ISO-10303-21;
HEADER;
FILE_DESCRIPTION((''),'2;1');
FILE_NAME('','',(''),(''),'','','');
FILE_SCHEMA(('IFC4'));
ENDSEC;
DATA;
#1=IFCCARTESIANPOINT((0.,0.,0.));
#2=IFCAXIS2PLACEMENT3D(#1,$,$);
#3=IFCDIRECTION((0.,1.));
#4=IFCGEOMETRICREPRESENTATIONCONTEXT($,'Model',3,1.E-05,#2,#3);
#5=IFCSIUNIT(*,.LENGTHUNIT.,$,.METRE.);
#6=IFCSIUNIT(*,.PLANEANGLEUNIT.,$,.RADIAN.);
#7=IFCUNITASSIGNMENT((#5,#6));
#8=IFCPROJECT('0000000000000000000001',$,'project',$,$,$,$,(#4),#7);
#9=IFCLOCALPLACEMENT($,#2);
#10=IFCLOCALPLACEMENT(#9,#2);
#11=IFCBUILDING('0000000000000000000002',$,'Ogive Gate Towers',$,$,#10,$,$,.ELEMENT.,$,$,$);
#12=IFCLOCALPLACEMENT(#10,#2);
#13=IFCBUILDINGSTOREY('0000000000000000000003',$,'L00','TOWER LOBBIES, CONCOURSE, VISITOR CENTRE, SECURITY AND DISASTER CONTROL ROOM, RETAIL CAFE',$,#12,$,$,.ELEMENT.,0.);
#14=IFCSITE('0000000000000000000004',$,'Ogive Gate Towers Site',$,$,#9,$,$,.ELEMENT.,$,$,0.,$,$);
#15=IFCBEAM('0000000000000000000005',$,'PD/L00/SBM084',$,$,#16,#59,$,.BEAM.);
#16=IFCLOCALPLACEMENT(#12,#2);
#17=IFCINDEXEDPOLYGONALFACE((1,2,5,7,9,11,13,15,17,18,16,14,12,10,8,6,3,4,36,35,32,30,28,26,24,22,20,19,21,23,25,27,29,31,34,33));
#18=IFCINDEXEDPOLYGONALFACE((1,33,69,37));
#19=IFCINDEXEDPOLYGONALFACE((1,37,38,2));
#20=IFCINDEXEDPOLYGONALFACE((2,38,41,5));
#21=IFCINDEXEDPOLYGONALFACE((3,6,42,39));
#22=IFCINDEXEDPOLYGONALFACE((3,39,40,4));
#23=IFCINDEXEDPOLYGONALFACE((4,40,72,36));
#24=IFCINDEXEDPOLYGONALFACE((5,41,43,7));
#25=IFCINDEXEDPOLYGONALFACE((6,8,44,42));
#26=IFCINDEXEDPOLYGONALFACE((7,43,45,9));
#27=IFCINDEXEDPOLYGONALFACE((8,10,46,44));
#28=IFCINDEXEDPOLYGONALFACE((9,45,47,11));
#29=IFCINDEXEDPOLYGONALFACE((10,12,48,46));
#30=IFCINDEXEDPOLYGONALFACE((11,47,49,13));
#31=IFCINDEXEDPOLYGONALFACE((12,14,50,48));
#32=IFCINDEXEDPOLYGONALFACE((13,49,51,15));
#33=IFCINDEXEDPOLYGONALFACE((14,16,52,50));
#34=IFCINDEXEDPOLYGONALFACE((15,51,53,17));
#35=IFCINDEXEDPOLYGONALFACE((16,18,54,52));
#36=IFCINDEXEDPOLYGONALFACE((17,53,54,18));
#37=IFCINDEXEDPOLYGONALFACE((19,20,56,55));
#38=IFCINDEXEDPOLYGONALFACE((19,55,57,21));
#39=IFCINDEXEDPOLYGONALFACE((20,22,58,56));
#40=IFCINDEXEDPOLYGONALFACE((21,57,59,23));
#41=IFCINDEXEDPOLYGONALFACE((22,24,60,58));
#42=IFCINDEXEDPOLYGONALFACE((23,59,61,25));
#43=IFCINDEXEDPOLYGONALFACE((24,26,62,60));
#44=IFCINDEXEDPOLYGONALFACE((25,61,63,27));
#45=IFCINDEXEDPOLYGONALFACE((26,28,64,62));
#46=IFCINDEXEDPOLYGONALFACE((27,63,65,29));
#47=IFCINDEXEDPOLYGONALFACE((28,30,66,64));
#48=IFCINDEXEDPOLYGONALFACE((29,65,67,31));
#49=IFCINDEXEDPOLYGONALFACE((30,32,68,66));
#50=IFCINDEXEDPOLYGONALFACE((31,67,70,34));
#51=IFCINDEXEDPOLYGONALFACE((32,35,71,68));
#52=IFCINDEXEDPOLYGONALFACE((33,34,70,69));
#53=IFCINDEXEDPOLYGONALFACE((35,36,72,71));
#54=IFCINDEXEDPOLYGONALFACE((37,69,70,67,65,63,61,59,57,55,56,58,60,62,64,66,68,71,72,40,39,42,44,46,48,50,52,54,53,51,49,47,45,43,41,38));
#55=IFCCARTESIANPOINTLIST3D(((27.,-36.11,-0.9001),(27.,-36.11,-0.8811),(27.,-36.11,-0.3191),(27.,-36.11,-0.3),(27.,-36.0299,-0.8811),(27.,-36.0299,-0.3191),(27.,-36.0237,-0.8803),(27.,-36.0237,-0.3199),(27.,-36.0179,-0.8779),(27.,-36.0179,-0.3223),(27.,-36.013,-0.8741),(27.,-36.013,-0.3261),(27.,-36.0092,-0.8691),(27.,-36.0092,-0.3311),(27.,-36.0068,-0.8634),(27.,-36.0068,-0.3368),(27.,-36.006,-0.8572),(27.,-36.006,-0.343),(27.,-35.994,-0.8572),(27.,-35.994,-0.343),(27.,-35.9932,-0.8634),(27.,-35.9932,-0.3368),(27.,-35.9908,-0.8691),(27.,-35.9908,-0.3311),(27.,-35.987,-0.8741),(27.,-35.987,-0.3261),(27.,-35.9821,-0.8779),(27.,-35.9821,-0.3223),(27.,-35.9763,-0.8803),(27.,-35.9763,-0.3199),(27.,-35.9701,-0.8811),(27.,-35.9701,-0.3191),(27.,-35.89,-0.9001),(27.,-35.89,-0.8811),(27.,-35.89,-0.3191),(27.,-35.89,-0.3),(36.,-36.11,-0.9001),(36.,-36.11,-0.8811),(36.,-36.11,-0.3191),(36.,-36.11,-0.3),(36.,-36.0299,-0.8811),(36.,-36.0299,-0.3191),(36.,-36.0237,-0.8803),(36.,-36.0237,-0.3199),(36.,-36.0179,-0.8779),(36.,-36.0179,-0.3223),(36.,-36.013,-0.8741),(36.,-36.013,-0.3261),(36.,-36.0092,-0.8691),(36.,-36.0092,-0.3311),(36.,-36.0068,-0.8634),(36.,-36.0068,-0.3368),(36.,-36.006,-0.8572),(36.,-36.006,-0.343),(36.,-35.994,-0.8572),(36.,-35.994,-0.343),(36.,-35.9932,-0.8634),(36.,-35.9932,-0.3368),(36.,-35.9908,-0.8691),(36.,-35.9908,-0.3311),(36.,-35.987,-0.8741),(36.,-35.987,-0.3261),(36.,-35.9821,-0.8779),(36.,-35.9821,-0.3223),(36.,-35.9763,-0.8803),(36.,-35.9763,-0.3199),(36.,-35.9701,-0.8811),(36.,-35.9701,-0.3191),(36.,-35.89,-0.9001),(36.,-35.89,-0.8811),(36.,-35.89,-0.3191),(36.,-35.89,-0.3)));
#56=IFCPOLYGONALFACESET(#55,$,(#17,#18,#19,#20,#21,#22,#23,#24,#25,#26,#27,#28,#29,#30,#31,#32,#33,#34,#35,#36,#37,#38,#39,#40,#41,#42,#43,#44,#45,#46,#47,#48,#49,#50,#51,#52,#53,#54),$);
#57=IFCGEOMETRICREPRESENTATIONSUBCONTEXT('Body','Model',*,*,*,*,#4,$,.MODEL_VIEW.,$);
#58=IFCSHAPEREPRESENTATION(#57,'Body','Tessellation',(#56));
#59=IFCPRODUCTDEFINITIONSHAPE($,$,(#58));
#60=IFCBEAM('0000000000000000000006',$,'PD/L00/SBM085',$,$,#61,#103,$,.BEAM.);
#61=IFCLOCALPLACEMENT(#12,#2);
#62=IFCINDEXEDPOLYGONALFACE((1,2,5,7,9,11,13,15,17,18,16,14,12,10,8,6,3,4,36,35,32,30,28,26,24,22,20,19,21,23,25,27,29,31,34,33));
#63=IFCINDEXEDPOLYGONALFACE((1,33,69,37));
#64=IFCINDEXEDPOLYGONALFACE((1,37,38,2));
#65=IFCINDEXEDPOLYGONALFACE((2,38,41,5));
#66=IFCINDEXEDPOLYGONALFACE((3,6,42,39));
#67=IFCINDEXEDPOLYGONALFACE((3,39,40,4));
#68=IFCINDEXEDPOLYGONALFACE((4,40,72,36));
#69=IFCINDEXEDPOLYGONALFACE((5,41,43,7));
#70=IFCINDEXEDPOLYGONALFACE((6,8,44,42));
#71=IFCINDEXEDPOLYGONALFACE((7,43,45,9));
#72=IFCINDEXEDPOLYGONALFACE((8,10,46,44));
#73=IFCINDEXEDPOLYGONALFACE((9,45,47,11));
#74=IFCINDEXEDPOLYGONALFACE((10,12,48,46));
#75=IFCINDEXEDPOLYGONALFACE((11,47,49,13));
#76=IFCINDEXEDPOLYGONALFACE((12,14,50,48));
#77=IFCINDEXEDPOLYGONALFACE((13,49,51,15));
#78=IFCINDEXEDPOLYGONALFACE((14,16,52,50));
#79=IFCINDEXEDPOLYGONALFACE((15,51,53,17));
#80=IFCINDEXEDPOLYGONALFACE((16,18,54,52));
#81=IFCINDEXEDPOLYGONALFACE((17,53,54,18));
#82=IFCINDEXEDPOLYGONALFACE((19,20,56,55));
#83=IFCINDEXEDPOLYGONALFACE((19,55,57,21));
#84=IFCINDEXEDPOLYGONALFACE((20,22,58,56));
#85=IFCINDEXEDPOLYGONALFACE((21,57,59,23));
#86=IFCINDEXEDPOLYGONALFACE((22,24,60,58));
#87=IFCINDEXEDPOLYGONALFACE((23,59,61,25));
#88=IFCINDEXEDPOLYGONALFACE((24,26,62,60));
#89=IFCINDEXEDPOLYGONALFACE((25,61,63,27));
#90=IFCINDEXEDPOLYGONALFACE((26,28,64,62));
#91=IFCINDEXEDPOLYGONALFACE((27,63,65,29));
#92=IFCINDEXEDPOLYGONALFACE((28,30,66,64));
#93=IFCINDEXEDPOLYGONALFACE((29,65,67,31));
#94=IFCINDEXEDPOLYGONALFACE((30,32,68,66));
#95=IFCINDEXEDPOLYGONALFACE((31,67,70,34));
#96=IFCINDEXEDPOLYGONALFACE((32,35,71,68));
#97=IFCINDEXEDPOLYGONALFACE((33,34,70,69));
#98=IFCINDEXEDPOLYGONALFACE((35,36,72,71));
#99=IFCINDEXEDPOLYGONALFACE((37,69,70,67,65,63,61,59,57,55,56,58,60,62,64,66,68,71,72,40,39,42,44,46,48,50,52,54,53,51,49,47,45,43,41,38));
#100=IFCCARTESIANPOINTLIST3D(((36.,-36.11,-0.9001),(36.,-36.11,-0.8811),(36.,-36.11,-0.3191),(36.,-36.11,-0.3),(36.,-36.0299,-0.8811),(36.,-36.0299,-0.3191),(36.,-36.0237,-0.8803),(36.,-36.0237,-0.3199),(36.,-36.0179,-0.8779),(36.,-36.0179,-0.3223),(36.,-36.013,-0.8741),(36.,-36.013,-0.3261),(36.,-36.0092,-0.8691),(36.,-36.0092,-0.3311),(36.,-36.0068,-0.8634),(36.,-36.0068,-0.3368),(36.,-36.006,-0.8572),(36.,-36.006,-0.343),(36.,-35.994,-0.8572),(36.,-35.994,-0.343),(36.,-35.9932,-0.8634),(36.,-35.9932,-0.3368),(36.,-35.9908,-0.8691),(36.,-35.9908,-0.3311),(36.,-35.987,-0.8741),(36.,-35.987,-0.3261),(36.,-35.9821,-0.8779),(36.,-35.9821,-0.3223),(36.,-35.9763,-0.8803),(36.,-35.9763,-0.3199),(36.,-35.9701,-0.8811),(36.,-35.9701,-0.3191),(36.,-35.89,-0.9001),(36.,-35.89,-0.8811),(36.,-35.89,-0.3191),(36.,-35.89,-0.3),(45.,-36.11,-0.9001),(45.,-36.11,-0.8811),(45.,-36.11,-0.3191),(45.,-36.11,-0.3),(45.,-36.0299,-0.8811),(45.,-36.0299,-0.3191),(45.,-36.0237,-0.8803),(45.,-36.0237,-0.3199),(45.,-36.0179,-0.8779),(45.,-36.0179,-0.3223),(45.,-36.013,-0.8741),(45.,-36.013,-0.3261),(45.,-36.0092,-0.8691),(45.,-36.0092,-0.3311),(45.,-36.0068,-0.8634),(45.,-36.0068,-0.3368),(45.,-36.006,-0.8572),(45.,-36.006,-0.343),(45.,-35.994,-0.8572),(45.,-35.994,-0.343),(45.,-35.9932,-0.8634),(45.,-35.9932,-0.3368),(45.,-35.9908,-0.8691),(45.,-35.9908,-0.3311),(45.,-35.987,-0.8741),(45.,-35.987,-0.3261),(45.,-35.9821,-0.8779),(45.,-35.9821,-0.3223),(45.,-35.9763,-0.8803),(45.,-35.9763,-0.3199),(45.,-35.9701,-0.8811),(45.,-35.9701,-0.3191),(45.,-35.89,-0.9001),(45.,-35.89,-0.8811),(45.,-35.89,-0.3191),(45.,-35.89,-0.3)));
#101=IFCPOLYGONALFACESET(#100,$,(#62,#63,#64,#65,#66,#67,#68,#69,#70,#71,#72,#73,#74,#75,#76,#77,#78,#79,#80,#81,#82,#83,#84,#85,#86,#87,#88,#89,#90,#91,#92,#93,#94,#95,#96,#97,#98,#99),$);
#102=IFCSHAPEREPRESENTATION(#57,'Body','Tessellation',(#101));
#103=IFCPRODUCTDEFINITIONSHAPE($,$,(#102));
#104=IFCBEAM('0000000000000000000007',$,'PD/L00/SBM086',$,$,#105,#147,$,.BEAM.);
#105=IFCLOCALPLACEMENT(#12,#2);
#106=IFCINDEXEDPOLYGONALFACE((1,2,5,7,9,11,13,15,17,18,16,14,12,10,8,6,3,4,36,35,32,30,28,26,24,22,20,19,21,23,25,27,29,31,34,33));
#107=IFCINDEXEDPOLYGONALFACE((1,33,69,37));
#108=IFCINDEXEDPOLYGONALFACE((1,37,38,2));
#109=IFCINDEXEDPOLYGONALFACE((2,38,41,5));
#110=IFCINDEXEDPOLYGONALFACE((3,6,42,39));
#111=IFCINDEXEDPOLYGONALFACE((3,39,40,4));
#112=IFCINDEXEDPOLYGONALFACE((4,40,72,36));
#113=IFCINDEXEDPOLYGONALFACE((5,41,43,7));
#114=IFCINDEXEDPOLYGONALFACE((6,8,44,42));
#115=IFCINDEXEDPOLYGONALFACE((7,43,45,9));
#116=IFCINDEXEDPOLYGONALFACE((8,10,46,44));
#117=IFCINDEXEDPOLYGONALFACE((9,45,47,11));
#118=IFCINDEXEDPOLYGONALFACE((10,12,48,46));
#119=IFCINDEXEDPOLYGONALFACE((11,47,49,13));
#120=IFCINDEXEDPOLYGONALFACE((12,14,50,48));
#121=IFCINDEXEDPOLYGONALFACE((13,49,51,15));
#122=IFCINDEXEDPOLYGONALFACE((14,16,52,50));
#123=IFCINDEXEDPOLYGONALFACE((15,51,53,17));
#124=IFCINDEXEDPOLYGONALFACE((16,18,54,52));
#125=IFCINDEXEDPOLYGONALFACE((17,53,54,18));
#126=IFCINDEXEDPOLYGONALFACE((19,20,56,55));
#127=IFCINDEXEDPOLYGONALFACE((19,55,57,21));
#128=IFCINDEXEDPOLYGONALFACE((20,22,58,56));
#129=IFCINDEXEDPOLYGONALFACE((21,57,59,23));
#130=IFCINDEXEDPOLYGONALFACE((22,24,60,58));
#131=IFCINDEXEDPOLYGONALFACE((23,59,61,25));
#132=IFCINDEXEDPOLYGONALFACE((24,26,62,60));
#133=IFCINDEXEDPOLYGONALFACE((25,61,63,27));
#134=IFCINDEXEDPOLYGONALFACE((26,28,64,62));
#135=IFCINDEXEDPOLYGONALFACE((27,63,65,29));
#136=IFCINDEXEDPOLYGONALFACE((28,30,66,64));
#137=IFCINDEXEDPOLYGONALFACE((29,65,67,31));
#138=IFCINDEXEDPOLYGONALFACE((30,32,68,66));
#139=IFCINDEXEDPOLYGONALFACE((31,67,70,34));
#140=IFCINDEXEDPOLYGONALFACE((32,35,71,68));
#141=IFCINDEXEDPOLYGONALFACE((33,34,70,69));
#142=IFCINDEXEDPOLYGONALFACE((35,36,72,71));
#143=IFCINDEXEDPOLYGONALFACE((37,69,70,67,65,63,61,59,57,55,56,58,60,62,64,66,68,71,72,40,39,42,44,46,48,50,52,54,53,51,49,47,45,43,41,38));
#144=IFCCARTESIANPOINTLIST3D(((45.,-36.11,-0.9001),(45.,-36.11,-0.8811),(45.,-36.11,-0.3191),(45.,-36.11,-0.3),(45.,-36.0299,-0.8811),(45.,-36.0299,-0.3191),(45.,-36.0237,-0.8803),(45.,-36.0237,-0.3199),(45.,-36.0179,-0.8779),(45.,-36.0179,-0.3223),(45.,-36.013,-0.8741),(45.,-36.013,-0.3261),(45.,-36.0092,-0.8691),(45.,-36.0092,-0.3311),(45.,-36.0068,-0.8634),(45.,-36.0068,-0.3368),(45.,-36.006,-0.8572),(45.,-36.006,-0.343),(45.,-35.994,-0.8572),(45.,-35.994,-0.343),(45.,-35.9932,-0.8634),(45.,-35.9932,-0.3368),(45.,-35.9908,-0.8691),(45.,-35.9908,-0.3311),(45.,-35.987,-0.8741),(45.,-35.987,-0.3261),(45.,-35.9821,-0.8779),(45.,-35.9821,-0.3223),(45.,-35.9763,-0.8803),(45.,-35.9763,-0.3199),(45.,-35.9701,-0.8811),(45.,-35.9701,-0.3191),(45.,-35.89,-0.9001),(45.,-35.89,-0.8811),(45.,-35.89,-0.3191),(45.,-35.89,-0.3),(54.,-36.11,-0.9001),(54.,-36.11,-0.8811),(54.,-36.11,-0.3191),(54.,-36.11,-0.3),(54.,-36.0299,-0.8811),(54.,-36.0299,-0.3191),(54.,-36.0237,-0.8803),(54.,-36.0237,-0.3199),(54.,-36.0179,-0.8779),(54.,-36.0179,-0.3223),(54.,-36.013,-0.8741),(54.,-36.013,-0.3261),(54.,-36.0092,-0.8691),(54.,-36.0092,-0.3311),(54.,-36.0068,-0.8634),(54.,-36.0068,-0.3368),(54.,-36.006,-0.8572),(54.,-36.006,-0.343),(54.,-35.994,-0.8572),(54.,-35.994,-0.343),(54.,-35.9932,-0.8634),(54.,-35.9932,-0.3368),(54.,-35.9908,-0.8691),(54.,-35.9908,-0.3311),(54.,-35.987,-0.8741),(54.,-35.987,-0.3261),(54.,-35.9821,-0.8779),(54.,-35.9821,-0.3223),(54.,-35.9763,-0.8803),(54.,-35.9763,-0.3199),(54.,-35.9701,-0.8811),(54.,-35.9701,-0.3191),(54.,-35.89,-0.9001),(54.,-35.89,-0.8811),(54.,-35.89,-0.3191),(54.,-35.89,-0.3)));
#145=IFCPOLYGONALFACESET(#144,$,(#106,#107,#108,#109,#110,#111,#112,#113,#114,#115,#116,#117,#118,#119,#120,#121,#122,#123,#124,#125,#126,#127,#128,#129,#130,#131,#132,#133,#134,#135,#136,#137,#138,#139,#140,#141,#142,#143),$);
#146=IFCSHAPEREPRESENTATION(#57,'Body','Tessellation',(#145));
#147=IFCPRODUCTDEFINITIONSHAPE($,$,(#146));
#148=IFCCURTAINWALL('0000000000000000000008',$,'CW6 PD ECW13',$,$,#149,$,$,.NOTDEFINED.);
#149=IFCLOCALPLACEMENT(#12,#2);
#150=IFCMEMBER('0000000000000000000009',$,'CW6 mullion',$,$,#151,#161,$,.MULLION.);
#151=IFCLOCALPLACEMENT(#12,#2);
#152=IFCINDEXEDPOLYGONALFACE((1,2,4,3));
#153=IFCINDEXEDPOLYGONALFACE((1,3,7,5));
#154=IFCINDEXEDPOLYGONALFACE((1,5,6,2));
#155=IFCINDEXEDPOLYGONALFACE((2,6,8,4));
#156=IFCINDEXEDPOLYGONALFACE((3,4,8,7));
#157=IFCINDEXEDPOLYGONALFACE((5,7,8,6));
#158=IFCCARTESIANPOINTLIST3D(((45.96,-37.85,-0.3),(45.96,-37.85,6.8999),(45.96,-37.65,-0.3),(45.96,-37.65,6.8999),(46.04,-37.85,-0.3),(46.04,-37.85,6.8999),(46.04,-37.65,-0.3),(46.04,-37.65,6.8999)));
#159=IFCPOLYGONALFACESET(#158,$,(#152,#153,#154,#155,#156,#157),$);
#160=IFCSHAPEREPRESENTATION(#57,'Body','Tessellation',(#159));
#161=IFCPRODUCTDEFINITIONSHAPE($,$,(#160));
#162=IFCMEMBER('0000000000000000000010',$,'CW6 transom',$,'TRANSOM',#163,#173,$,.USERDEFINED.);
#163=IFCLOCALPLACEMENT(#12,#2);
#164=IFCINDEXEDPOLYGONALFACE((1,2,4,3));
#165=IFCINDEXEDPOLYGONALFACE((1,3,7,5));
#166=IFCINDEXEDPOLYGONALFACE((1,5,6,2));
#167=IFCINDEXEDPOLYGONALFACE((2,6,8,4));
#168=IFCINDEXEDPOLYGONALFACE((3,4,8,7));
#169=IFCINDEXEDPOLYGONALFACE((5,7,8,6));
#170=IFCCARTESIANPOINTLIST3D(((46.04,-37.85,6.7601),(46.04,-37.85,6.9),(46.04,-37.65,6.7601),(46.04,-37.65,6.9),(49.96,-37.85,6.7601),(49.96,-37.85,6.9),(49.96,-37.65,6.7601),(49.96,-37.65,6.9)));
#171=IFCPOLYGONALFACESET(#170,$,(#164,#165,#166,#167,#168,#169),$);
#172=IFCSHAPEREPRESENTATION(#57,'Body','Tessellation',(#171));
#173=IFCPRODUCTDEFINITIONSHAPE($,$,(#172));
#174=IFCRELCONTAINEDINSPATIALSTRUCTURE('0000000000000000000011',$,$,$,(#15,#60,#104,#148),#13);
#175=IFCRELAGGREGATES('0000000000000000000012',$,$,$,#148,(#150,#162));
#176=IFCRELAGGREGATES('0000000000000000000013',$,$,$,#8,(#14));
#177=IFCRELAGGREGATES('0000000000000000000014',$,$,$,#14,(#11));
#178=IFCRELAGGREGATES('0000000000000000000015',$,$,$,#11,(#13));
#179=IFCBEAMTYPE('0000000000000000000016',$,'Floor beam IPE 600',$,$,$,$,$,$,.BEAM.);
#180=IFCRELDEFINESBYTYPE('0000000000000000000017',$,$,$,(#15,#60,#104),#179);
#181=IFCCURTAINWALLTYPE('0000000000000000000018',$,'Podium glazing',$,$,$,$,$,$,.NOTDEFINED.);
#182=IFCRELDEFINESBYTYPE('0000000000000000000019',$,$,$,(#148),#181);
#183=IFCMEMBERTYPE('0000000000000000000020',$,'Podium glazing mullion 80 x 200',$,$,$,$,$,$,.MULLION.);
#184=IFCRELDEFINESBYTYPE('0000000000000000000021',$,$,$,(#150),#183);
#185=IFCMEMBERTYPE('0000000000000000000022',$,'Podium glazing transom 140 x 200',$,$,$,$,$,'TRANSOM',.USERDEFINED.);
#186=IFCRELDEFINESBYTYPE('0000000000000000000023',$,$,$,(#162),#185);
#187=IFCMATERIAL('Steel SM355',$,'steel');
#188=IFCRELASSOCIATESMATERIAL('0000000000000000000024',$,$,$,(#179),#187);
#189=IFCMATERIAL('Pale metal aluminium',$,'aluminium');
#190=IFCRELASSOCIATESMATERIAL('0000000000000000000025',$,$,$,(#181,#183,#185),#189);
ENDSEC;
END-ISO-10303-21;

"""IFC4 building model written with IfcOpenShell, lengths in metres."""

from ifc_helpers import new_model, si_unit, direction, frame, origin, origin_2d, place, context, subcontext, project, spatial, rectangle, i_section, extrude, material, material_profile, profile_set, type_object, element, aggregate, save


model = new_model("IFC4")

# Units and contexts
model_context = context("Model", 3, precision=1e-05, world=origin(), true_north=direction((0.0, 1.0)))
body_context = subcontext(model_context, "Body", "Model", "MODEL_VIEW")
ifc_project = project(units=[si_unit("LENGTHUNIT", "METRE"), si_unit("PLANEANGLEUNIT", "RADIAN")], contexts=[model_context])

# Site, building, storey
site_placement = place(None, origin())
site = spatial("IfcSite", under=ifc_project, at=site_placement, Name="Ogive Gate Towers Site", CompositionType="ELEMENT", RefElevation=0.0)
building_placement = place(site_placement, origin())
building = spatial("IfcBuilding", under=site, at=building_placement, Name="Ogive Gate Towers", CompositionType="ELEMENT")
storey_placement = place(building_placement, origin())
storey = spatial("IfcBuildingStorey", under=building, at=storey_placement, Name="L00", Description="TOWER LOBBIES, CONCOURSE, VISITOR CENTRE, SECURITY AND DISASTER CONTROL ROOM, RETAIL CAFE", CompositionType="ELEMENT", Elevation=0.0)

# Beams
ifc_material_1 = material(Name="Steel SM355", Category="steel")
ifc_material_profile_1 = material_profile(ifc_material_1, i_section(OverallWidth=0.22, OverallDepth=0.6001, WebThickness=0.012, FlangeThickness=0.019, FilletRadius=0.0239, at=origin_2d()), Name="IPE 600")
ifc_profile_set_1 = profile_set([ifc_material_profile_1], Name="Steel SM355")
beam_type = type_object("IfcBeamType", Name="Floor beam IPE 600", PredefinedType="BEAM", material=ifc_profile_set_1)
for number, where, z_axis, x_axis, name in (
    (1, (27.0, -36.0, -0.6001), (1.0, 0.0, 0.0), (0.0, 1.0, 0.0), "PD/L00/SBM084"),
    (2, (36.0, -36.0, -0.6001), (1.0, 0.0, 0.0), (0.0, 1.0, 0.0), "PD/L00/SBM085"),
    (3, (45.0, -36.0, -0.6001), (1.0, 0.0, 0.0), (0.0, 1.0, 0.0), "PD/L00/SBM086"),
):
    element("IfcBeam", number, at=place(storey_placement, frame(where, z_axis=z_axis, x_axis=x_axis)), inside=storey, type_object=beam_type, Name=name, PredefinedType="BEAM", context=body_context, shape_type="SweptSolid", body=[
        extrude(i_section(OverallWidth=0.22, OverallDepth=0.6001, WebThickness=0.012, FlangeThickness=0.019, FilletRadius=0.0239, at=origin_2d()), origin(), (0.0, 0.0, 1.0), 9.0),
    ])

# Curtain wall, members
ifc_material_2 = material(Name="Pale metal aluminium", Category="aluminium")
curtain_wall_type = type_object("IfcCurtainWallType", Name="Podium glazing", PredefinedType="NOTDEFINED", material=ifc_material_2)
curtain_wall_placement = place(storey_placement, origin())
curtain_wall = element("IfcCurtainWall", 4, at=curtain_wall_placement, inside=storey, type_object=curtain_wall_type, Name="CW6 PD ECW13", PredefinedType="NOTDEFINED")
ifc_material_profile_2 = material_profile(ifc_material_2, rectangle(XDim=0.2, YDim=0.0801, at=origin_2d()), Name="80 x 200 aluminium box")
ifc_profile_set_2 = profile_set([ifc_material_profile_2], Name="Pale metal aluminium")
member_type_1 = type_object("IfcMemberType", Name="Podium glazing mullion 80 x 200", PredefinedType="MULLION", material=ifc_profile_set_2)
member_1_placement = place(storey_placement, frame((46.0, -37.75, -0.3), z_axis=(0.0, 0.0, 1.0), x_axis=(0.0, -1.0, 0.0)))
member_1 = element("IfcMember", 5, at=member_1_placement, type_object=member_type_1, Name="CW6 mullion", PredefinedType="MULLION", context=body_context, shape_type="SweptSolid", body=[
    extrude(rectangle(XDim=0.2, YDim=0.0801, at=origin_2d()), origin(), (0.0, 0.0, 1.0), 7.2),
])
ifc_material_profile_3 = material_profile(ifc_material_2, rectangle(XDim=0.2, YDim=0.1399, at=origin_2d()), Name="140 x 200 aluminium box")
ifc_profile_set_3 = profile_set([ifc_material_profile_3], Name="Pale metal aluminium")
member_type_2 = type_object("IfcMemberType", Name="Podium glazing transom 140 x 200", ElementType="TRANSOM", PredefinedType="USERDEFINED", material=ifc_profile_set_3)
member_2_placement = place(storey_placement, frame((46.04, -37.75, 6.8301), z_axis=(1.0, 0.0, 0.0), x_axis=(0.0, 1.0, 0.0)))
member_2 = element("IfcMember", 6, at=member_2_placement, type_object=member_type_2, Name="CW6 transom", ObjectType="TRANSOM", PredefinedType="USERDEFINED", context=body_context, shape_type="SweptSolid", body=[
    extrude(rectangle(XDim=0.2, YDim=0.1399, at=origin_2d()), origin(), (0.0, 0.0, 1.0), 3.9199),
])
aggregate(curtain_wall, [member_1, member_2])

save(model, "model.ifc")
